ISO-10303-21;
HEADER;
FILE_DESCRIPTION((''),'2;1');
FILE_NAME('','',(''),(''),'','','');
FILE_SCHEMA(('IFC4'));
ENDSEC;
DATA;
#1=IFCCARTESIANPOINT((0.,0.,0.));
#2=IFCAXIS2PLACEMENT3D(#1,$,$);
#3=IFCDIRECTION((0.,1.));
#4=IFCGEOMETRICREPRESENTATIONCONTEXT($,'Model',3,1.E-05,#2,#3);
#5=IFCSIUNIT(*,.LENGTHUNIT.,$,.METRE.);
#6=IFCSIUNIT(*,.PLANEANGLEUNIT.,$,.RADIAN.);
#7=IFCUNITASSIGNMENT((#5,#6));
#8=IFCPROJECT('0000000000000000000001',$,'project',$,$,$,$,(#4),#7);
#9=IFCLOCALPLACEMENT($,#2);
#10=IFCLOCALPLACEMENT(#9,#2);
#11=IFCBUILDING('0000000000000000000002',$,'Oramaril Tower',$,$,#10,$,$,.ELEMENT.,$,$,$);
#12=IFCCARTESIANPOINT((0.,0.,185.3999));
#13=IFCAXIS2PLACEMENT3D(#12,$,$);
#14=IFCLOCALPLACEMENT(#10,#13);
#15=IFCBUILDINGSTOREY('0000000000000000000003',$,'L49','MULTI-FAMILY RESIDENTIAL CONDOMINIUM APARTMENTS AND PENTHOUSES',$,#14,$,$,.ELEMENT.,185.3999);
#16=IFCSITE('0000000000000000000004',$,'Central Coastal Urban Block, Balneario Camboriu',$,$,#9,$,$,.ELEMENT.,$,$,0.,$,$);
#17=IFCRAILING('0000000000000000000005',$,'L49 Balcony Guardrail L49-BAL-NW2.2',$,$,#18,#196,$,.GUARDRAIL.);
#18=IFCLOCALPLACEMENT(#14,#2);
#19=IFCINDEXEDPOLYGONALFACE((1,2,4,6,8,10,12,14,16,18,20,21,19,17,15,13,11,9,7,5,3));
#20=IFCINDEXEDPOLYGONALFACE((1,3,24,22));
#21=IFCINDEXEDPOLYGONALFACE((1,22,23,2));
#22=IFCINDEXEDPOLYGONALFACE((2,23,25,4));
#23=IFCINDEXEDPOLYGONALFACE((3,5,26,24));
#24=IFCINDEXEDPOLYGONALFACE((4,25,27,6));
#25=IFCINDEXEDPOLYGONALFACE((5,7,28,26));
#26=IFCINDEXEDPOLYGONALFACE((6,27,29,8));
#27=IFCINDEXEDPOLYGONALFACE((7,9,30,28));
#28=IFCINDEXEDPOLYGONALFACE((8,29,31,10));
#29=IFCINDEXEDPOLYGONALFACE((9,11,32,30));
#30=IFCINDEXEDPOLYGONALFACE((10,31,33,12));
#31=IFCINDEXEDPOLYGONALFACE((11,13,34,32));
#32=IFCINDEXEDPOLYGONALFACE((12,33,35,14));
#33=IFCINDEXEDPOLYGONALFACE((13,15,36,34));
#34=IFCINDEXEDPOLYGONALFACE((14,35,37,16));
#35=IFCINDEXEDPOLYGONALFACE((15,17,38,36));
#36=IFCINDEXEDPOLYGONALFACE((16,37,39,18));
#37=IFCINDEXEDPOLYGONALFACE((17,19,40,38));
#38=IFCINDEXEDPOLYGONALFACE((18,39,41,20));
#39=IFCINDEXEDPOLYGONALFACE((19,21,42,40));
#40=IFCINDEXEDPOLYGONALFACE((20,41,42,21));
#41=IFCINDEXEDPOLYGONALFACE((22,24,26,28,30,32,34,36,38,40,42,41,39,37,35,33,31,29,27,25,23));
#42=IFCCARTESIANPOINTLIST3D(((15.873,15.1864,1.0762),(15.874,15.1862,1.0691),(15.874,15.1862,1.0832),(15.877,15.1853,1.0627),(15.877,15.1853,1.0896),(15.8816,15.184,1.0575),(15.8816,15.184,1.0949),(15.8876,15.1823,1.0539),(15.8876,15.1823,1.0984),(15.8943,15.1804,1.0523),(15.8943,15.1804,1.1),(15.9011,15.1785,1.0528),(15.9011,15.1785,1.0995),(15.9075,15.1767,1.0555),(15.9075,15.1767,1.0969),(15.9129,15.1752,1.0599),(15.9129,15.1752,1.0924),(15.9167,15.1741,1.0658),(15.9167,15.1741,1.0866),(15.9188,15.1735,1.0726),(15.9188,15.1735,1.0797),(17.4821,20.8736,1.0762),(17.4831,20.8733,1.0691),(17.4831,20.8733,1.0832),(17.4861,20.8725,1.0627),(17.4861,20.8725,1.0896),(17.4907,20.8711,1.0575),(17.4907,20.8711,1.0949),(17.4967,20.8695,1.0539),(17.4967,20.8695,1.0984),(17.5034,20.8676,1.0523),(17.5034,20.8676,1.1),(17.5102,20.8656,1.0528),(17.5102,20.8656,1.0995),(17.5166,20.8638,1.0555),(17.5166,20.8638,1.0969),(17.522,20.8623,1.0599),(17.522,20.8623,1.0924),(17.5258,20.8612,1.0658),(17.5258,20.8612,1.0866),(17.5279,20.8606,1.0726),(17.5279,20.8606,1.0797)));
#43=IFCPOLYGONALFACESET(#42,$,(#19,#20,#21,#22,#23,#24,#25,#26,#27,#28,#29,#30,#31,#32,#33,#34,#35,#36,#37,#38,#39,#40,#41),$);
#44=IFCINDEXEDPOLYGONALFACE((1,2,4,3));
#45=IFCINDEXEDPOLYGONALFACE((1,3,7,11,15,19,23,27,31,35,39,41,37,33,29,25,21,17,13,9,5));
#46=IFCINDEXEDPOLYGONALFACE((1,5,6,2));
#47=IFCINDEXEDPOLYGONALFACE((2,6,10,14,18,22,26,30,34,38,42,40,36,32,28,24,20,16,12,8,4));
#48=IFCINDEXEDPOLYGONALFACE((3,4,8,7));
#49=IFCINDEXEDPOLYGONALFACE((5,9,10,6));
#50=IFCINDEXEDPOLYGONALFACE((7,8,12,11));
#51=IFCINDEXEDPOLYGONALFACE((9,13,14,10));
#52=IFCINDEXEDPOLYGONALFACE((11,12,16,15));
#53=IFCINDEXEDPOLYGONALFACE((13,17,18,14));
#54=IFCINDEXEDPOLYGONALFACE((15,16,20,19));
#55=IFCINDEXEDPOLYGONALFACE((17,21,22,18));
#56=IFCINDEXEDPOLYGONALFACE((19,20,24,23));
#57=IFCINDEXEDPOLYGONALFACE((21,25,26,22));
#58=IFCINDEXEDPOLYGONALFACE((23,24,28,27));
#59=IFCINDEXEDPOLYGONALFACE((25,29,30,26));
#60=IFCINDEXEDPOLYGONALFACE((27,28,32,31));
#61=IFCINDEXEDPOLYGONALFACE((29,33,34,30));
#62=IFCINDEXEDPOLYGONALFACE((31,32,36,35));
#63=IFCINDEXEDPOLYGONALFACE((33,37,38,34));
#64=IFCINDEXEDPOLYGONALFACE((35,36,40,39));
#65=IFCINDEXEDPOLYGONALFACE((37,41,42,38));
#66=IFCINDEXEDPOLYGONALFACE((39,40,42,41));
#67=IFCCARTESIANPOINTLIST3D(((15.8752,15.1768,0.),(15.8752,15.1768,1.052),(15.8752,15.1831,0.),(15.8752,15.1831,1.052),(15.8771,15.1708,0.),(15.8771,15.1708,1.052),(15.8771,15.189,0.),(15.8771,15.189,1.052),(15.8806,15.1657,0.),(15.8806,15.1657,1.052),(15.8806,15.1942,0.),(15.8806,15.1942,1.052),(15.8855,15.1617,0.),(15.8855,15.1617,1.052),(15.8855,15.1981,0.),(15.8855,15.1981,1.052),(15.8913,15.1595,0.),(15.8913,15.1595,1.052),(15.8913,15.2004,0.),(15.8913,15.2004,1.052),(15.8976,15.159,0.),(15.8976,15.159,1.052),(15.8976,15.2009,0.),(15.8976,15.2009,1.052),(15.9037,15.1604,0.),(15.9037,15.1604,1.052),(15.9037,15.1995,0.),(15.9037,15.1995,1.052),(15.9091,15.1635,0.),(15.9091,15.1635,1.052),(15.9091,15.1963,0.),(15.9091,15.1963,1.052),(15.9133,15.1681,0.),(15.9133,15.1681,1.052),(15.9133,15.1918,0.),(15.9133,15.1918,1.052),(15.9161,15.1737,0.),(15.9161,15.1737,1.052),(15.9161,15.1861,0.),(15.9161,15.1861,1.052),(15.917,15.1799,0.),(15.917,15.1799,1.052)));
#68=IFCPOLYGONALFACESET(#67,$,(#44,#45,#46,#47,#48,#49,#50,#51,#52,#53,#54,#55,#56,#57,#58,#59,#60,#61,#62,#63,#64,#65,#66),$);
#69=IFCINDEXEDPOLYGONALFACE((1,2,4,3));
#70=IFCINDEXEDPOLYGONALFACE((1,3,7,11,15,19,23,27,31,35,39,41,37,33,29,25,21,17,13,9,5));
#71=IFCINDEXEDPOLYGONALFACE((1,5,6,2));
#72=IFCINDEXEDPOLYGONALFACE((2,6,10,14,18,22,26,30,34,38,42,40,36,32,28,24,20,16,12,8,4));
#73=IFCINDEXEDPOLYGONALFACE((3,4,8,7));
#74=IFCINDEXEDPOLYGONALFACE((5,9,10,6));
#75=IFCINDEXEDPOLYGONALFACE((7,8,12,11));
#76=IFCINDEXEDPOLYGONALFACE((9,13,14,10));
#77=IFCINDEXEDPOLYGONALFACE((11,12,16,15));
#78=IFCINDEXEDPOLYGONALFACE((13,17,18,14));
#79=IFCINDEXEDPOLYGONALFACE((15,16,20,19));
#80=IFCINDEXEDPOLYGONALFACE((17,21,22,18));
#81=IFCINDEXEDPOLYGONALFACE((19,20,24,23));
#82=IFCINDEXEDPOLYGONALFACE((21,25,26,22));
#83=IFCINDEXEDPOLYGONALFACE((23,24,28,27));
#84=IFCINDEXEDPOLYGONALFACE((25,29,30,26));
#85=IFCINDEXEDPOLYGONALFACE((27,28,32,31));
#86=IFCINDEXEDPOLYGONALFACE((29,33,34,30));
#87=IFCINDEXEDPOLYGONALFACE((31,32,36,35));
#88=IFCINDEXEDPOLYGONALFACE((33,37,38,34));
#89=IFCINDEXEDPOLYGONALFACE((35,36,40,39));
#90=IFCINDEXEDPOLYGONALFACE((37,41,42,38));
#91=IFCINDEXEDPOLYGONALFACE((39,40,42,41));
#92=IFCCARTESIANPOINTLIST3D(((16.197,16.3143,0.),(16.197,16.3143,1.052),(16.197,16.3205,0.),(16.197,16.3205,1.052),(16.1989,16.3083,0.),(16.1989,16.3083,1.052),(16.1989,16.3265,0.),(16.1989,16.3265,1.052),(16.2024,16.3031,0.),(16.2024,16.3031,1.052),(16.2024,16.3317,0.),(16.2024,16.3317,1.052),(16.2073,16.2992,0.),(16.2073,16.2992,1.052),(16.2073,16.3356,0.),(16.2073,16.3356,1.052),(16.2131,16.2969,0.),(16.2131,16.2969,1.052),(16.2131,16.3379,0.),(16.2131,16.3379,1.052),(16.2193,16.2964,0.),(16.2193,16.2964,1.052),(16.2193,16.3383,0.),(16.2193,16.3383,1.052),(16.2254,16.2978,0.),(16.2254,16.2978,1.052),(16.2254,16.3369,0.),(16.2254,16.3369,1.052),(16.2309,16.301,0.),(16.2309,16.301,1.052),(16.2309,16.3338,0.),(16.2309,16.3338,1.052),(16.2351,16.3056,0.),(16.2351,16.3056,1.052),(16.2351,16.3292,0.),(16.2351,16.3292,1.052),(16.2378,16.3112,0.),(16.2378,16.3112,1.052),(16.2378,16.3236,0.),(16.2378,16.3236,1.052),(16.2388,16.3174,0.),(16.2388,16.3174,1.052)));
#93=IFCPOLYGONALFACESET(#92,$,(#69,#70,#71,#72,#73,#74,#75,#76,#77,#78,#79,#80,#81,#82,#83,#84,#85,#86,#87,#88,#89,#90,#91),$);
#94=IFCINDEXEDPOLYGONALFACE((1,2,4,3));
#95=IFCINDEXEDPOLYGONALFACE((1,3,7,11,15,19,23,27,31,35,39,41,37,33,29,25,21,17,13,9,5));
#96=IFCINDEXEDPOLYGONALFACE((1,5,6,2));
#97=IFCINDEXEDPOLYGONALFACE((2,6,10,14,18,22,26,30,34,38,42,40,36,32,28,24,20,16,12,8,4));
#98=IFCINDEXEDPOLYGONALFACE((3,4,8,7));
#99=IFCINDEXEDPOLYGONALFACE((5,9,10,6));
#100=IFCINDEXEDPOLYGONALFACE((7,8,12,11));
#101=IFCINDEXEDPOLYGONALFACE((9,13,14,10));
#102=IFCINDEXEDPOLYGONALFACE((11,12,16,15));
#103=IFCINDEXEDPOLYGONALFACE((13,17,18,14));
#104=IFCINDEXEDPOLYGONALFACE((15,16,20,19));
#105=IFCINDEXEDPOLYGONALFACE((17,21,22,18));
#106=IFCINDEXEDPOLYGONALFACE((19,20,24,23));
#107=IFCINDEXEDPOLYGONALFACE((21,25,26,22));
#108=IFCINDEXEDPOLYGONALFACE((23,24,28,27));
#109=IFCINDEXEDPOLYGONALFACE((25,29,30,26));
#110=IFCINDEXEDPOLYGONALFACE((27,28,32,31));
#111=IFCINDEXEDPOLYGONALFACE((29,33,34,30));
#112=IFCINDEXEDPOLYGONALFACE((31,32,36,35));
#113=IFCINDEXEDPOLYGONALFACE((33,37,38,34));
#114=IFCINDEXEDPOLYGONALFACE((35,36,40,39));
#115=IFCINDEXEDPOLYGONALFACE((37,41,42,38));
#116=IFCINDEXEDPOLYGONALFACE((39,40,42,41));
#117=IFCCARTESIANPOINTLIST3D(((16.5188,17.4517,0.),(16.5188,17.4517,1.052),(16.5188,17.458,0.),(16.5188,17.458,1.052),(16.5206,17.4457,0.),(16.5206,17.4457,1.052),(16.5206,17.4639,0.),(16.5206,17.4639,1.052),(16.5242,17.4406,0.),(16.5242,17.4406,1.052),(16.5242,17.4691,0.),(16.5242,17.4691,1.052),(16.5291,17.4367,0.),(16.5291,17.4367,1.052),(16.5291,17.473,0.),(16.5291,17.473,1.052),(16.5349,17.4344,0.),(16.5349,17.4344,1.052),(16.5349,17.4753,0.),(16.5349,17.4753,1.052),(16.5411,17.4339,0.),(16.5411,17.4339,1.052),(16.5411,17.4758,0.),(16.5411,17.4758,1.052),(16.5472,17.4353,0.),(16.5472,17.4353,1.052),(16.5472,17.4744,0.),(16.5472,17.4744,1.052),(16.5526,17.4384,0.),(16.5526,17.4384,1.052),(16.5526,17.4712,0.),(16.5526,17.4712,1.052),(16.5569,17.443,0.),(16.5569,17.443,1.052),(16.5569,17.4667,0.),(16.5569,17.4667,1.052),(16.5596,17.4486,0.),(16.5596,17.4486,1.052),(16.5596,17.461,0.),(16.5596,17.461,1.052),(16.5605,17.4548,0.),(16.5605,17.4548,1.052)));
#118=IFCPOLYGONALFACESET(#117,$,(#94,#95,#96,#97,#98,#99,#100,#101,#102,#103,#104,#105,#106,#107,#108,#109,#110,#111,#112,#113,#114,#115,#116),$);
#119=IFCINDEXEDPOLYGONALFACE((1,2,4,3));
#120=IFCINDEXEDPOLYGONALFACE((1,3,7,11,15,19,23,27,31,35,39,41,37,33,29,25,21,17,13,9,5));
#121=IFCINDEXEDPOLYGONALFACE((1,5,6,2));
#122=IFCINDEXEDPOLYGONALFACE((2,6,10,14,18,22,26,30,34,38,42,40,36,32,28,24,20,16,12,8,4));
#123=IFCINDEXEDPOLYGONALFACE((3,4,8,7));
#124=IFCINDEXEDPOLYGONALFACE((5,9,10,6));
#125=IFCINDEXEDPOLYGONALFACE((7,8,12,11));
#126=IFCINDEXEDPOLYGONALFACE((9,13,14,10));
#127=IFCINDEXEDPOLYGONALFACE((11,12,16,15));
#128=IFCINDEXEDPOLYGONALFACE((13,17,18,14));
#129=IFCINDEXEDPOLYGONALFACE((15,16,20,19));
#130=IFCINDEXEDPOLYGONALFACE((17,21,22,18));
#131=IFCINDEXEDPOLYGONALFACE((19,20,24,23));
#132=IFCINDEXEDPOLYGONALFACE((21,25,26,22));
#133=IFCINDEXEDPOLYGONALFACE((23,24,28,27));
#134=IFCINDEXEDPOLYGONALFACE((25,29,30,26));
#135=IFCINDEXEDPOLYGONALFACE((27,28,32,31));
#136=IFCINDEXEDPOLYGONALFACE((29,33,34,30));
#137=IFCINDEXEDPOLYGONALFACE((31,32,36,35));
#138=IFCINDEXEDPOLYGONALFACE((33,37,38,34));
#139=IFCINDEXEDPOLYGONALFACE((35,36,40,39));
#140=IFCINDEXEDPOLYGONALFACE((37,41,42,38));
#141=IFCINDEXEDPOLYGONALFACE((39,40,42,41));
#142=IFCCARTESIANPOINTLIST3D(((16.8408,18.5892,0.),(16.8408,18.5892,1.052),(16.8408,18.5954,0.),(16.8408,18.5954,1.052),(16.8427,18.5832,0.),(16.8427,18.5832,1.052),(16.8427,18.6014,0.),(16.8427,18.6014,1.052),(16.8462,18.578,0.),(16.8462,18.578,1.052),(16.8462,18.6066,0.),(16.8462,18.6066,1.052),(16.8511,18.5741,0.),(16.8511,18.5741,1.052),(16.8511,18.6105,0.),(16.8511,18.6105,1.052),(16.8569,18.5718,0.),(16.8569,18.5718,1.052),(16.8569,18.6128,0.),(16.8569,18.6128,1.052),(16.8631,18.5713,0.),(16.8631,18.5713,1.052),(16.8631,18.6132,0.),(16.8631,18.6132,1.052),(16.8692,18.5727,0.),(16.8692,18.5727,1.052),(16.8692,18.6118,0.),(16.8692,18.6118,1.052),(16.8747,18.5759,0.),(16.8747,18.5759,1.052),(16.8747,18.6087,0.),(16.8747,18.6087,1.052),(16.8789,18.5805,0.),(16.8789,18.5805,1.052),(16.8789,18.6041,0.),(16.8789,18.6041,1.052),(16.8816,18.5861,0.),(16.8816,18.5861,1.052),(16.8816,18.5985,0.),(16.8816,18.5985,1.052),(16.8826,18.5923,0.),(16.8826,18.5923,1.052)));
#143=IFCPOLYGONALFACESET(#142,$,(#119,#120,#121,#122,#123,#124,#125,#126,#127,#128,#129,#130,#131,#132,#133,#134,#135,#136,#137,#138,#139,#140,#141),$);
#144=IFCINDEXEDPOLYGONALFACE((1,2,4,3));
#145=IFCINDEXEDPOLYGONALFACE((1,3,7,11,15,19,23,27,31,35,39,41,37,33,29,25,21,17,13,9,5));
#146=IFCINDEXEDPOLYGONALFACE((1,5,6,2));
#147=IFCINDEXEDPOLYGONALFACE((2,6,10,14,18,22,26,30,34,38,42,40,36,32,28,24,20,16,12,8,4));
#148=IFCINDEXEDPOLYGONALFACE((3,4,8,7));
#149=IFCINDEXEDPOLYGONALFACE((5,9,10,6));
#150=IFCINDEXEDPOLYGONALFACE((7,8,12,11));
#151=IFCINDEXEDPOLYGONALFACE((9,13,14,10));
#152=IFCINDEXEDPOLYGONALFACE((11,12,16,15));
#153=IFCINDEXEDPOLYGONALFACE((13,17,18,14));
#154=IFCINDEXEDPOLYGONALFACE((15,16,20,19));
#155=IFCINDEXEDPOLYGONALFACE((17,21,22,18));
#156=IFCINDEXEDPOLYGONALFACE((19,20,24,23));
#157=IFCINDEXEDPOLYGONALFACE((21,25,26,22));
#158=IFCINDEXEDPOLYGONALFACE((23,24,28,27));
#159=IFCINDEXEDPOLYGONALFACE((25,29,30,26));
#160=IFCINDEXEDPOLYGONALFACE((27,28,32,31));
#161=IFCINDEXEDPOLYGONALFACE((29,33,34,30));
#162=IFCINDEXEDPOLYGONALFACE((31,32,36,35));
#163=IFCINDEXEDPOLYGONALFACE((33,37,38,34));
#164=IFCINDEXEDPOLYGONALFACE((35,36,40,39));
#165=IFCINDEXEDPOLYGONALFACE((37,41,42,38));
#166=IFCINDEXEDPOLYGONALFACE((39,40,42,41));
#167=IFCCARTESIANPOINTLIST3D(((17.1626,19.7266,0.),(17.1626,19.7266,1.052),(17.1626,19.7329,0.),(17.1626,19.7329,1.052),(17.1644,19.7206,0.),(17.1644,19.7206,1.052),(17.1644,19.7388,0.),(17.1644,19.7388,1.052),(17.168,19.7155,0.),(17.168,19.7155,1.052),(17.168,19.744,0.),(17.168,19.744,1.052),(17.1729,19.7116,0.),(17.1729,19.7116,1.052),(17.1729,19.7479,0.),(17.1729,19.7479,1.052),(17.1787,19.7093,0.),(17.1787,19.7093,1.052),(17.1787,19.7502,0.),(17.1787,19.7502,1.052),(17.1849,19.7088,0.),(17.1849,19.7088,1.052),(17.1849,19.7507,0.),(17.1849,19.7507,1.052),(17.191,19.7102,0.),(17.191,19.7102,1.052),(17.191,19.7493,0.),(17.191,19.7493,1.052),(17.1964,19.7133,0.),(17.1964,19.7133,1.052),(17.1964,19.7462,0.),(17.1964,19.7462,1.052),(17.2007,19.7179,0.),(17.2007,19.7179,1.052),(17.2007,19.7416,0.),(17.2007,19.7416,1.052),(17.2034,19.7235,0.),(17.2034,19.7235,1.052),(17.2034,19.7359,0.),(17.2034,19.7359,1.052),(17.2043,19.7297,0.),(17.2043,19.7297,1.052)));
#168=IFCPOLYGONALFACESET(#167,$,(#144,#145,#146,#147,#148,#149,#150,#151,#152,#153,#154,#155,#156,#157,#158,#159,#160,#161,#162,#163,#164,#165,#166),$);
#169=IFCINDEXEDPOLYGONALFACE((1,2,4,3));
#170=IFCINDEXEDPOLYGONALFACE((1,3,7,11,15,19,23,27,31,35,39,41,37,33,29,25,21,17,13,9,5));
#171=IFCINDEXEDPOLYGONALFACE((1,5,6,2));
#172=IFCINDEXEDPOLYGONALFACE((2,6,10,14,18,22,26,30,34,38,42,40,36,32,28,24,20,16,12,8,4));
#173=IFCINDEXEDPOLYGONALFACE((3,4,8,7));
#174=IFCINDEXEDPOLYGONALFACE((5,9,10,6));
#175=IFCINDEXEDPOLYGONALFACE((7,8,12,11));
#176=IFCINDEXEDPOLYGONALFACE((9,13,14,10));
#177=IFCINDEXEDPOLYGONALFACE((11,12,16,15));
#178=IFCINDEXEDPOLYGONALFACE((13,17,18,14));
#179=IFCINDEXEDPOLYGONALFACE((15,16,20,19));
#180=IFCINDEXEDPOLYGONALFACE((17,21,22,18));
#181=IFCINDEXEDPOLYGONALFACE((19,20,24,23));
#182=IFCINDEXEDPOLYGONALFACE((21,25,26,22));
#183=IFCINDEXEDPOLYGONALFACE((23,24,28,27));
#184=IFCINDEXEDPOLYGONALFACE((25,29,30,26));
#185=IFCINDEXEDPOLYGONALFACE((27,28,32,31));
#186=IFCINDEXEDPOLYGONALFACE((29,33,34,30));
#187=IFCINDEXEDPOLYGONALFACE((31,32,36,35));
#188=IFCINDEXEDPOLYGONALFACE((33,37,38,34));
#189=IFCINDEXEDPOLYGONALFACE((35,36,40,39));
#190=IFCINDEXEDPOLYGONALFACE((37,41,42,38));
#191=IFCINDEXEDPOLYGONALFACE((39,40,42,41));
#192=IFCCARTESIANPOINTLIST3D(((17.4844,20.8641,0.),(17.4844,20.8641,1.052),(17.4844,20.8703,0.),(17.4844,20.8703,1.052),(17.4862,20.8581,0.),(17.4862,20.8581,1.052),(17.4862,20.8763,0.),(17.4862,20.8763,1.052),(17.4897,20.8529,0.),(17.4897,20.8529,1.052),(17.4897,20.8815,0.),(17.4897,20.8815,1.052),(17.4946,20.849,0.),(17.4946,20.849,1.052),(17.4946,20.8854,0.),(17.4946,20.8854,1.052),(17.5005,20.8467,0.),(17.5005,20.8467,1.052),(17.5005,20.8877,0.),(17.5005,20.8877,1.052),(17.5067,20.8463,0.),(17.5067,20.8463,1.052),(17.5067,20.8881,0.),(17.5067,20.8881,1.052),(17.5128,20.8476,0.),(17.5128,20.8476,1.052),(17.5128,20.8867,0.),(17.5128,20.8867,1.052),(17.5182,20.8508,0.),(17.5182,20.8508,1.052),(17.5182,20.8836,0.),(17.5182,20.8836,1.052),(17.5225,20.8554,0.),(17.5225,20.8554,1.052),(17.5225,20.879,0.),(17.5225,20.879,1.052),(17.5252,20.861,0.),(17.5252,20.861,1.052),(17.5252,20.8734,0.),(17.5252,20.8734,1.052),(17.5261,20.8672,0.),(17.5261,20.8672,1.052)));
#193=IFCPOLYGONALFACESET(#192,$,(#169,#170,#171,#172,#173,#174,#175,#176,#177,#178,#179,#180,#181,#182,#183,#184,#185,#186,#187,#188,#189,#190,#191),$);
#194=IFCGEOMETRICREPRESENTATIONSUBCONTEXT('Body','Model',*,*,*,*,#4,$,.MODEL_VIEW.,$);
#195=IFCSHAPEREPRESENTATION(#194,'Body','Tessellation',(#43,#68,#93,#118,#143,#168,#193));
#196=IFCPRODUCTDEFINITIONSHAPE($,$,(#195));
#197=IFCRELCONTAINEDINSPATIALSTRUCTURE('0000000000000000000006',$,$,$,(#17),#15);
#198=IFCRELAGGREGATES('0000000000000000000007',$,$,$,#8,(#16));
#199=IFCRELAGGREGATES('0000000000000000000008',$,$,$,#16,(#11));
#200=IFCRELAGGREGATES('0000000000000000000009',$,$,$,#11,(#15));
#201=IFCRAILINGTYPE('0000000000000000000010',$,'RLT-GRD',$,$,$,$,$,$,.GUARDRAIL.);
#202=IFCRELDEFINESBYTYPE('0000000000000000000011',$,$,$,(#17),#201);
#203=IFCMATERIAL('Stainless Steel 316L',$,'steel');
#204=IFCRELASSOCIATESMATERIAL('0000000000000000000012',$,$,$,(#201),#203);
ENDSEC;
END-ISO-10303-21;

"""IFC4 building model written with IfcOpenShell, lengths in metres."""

from ifc_helpers import new_model, si_unit, direction, frame, origin, origin_2d, place, context, subcontext, project, spatial, circle, extrude, material, type_object, element, save


model = new_model("IFC4")

# Units and contexts
model_context = context("Model", 3, precision=1e-05, world=origin(), true_north=direction((0.0, 1.0)))
body_context = subcontext(model_context, "Body", "Model", "MODEL_VIEW")
ifc_project = project(units=[si_unit("LENGTHUNIT", "METRE"), si_unit("PLANEANGLEUNIT", "RADIAN")], contexts=[model_context])

# Site, building, storey
site_placement = place(None, origin())
site = spatial("IfcSite", under=ifc_project, at=site_placement, Name="Central Coastal Urban Block, Balneario Camboriu", CompositionType="ELEMENT", RefElevation=0.0)
building_placement = place(site_placement, origin())
building = spatial("IfcBuilding", under=site, at=building_placement, Name="Oramaril Tower", CompositionType="ELEMENT")
storey_placement = place(building_placement, frame((0.0, 0.0, 185.3999)))
storey = spatial("IfcBuildingStorey", under=building, at=storey_placement, Name="L49", Description="MULTI-FAMILY RESIDENTIAL CONDOMINIUM APARTMENTS AND PENTHOUSES", CompositionType="ELEMENT", Elevation=185.3999)

# Railing
ifc_material_1 = material(Name="Stainless Steel 316L", Category="steel")
railing_type = type_object("IfcRailingType", Name="RLT-GRD", PredefinedType="GUARDRAIL", material=ifc_material_1)
railing_1_placement = place(storey_placement, frame((15.896, 15.1799, 0.0)))
element("IfcRailing", 1, at=railing_1_placement, inside=storey, type_object=railing_type, Name="L49 Balcony Guardrail L49-BAL-NW2.2", PredefinedType="GUARDRAIL", context=body_context, shape_type="SweptSolid", body=[
    extrude(circle(Radius=0.0239, at=origin_2d()), frame((0.0, 0.0, 1.0762), z_axis=(0.272249, 0.962227, 0.0), x_axis=(-0.962227, 0.272249, 0.0)), (0.0, 0.0, 1.0), 5.9104),
    extrude(circle(Radius=0.021, at=origin_2d()), origin(), (0.0, 0.0, 1.0), 1.052),
    extrude(circle(Radius=0.021, at=origin_2d()), frame((0.3218, 1.1375, 0.0)), (0.0, 0.0, 1.0), 1.052),
    extrude(circle(Radius=0.021, at=origin_2d()), frame((0.6436, 2.2749, 0.0)), (0.0, 0.0, 1.0), 1.052),
    extrude(circle(Radius=0.021, at=origin_2d()), frame((0.9656, 3.4124, 0.0)), (0.0, 0.0, 1.0), 1.052),
    extrude(circle(Radius=0.021, at=origin_2d()), frame((1.2874, 4.5498, 0.0)), (0.0, 0.0, 1.0), 1.052),
    extrude(circle(Radius=0.021, at=origin_2d()), frame((1.6091, 5.6873, 0.0)), (0.0, 0.0, 1.0), 1.052),
])

save(model, "model.ifc")
